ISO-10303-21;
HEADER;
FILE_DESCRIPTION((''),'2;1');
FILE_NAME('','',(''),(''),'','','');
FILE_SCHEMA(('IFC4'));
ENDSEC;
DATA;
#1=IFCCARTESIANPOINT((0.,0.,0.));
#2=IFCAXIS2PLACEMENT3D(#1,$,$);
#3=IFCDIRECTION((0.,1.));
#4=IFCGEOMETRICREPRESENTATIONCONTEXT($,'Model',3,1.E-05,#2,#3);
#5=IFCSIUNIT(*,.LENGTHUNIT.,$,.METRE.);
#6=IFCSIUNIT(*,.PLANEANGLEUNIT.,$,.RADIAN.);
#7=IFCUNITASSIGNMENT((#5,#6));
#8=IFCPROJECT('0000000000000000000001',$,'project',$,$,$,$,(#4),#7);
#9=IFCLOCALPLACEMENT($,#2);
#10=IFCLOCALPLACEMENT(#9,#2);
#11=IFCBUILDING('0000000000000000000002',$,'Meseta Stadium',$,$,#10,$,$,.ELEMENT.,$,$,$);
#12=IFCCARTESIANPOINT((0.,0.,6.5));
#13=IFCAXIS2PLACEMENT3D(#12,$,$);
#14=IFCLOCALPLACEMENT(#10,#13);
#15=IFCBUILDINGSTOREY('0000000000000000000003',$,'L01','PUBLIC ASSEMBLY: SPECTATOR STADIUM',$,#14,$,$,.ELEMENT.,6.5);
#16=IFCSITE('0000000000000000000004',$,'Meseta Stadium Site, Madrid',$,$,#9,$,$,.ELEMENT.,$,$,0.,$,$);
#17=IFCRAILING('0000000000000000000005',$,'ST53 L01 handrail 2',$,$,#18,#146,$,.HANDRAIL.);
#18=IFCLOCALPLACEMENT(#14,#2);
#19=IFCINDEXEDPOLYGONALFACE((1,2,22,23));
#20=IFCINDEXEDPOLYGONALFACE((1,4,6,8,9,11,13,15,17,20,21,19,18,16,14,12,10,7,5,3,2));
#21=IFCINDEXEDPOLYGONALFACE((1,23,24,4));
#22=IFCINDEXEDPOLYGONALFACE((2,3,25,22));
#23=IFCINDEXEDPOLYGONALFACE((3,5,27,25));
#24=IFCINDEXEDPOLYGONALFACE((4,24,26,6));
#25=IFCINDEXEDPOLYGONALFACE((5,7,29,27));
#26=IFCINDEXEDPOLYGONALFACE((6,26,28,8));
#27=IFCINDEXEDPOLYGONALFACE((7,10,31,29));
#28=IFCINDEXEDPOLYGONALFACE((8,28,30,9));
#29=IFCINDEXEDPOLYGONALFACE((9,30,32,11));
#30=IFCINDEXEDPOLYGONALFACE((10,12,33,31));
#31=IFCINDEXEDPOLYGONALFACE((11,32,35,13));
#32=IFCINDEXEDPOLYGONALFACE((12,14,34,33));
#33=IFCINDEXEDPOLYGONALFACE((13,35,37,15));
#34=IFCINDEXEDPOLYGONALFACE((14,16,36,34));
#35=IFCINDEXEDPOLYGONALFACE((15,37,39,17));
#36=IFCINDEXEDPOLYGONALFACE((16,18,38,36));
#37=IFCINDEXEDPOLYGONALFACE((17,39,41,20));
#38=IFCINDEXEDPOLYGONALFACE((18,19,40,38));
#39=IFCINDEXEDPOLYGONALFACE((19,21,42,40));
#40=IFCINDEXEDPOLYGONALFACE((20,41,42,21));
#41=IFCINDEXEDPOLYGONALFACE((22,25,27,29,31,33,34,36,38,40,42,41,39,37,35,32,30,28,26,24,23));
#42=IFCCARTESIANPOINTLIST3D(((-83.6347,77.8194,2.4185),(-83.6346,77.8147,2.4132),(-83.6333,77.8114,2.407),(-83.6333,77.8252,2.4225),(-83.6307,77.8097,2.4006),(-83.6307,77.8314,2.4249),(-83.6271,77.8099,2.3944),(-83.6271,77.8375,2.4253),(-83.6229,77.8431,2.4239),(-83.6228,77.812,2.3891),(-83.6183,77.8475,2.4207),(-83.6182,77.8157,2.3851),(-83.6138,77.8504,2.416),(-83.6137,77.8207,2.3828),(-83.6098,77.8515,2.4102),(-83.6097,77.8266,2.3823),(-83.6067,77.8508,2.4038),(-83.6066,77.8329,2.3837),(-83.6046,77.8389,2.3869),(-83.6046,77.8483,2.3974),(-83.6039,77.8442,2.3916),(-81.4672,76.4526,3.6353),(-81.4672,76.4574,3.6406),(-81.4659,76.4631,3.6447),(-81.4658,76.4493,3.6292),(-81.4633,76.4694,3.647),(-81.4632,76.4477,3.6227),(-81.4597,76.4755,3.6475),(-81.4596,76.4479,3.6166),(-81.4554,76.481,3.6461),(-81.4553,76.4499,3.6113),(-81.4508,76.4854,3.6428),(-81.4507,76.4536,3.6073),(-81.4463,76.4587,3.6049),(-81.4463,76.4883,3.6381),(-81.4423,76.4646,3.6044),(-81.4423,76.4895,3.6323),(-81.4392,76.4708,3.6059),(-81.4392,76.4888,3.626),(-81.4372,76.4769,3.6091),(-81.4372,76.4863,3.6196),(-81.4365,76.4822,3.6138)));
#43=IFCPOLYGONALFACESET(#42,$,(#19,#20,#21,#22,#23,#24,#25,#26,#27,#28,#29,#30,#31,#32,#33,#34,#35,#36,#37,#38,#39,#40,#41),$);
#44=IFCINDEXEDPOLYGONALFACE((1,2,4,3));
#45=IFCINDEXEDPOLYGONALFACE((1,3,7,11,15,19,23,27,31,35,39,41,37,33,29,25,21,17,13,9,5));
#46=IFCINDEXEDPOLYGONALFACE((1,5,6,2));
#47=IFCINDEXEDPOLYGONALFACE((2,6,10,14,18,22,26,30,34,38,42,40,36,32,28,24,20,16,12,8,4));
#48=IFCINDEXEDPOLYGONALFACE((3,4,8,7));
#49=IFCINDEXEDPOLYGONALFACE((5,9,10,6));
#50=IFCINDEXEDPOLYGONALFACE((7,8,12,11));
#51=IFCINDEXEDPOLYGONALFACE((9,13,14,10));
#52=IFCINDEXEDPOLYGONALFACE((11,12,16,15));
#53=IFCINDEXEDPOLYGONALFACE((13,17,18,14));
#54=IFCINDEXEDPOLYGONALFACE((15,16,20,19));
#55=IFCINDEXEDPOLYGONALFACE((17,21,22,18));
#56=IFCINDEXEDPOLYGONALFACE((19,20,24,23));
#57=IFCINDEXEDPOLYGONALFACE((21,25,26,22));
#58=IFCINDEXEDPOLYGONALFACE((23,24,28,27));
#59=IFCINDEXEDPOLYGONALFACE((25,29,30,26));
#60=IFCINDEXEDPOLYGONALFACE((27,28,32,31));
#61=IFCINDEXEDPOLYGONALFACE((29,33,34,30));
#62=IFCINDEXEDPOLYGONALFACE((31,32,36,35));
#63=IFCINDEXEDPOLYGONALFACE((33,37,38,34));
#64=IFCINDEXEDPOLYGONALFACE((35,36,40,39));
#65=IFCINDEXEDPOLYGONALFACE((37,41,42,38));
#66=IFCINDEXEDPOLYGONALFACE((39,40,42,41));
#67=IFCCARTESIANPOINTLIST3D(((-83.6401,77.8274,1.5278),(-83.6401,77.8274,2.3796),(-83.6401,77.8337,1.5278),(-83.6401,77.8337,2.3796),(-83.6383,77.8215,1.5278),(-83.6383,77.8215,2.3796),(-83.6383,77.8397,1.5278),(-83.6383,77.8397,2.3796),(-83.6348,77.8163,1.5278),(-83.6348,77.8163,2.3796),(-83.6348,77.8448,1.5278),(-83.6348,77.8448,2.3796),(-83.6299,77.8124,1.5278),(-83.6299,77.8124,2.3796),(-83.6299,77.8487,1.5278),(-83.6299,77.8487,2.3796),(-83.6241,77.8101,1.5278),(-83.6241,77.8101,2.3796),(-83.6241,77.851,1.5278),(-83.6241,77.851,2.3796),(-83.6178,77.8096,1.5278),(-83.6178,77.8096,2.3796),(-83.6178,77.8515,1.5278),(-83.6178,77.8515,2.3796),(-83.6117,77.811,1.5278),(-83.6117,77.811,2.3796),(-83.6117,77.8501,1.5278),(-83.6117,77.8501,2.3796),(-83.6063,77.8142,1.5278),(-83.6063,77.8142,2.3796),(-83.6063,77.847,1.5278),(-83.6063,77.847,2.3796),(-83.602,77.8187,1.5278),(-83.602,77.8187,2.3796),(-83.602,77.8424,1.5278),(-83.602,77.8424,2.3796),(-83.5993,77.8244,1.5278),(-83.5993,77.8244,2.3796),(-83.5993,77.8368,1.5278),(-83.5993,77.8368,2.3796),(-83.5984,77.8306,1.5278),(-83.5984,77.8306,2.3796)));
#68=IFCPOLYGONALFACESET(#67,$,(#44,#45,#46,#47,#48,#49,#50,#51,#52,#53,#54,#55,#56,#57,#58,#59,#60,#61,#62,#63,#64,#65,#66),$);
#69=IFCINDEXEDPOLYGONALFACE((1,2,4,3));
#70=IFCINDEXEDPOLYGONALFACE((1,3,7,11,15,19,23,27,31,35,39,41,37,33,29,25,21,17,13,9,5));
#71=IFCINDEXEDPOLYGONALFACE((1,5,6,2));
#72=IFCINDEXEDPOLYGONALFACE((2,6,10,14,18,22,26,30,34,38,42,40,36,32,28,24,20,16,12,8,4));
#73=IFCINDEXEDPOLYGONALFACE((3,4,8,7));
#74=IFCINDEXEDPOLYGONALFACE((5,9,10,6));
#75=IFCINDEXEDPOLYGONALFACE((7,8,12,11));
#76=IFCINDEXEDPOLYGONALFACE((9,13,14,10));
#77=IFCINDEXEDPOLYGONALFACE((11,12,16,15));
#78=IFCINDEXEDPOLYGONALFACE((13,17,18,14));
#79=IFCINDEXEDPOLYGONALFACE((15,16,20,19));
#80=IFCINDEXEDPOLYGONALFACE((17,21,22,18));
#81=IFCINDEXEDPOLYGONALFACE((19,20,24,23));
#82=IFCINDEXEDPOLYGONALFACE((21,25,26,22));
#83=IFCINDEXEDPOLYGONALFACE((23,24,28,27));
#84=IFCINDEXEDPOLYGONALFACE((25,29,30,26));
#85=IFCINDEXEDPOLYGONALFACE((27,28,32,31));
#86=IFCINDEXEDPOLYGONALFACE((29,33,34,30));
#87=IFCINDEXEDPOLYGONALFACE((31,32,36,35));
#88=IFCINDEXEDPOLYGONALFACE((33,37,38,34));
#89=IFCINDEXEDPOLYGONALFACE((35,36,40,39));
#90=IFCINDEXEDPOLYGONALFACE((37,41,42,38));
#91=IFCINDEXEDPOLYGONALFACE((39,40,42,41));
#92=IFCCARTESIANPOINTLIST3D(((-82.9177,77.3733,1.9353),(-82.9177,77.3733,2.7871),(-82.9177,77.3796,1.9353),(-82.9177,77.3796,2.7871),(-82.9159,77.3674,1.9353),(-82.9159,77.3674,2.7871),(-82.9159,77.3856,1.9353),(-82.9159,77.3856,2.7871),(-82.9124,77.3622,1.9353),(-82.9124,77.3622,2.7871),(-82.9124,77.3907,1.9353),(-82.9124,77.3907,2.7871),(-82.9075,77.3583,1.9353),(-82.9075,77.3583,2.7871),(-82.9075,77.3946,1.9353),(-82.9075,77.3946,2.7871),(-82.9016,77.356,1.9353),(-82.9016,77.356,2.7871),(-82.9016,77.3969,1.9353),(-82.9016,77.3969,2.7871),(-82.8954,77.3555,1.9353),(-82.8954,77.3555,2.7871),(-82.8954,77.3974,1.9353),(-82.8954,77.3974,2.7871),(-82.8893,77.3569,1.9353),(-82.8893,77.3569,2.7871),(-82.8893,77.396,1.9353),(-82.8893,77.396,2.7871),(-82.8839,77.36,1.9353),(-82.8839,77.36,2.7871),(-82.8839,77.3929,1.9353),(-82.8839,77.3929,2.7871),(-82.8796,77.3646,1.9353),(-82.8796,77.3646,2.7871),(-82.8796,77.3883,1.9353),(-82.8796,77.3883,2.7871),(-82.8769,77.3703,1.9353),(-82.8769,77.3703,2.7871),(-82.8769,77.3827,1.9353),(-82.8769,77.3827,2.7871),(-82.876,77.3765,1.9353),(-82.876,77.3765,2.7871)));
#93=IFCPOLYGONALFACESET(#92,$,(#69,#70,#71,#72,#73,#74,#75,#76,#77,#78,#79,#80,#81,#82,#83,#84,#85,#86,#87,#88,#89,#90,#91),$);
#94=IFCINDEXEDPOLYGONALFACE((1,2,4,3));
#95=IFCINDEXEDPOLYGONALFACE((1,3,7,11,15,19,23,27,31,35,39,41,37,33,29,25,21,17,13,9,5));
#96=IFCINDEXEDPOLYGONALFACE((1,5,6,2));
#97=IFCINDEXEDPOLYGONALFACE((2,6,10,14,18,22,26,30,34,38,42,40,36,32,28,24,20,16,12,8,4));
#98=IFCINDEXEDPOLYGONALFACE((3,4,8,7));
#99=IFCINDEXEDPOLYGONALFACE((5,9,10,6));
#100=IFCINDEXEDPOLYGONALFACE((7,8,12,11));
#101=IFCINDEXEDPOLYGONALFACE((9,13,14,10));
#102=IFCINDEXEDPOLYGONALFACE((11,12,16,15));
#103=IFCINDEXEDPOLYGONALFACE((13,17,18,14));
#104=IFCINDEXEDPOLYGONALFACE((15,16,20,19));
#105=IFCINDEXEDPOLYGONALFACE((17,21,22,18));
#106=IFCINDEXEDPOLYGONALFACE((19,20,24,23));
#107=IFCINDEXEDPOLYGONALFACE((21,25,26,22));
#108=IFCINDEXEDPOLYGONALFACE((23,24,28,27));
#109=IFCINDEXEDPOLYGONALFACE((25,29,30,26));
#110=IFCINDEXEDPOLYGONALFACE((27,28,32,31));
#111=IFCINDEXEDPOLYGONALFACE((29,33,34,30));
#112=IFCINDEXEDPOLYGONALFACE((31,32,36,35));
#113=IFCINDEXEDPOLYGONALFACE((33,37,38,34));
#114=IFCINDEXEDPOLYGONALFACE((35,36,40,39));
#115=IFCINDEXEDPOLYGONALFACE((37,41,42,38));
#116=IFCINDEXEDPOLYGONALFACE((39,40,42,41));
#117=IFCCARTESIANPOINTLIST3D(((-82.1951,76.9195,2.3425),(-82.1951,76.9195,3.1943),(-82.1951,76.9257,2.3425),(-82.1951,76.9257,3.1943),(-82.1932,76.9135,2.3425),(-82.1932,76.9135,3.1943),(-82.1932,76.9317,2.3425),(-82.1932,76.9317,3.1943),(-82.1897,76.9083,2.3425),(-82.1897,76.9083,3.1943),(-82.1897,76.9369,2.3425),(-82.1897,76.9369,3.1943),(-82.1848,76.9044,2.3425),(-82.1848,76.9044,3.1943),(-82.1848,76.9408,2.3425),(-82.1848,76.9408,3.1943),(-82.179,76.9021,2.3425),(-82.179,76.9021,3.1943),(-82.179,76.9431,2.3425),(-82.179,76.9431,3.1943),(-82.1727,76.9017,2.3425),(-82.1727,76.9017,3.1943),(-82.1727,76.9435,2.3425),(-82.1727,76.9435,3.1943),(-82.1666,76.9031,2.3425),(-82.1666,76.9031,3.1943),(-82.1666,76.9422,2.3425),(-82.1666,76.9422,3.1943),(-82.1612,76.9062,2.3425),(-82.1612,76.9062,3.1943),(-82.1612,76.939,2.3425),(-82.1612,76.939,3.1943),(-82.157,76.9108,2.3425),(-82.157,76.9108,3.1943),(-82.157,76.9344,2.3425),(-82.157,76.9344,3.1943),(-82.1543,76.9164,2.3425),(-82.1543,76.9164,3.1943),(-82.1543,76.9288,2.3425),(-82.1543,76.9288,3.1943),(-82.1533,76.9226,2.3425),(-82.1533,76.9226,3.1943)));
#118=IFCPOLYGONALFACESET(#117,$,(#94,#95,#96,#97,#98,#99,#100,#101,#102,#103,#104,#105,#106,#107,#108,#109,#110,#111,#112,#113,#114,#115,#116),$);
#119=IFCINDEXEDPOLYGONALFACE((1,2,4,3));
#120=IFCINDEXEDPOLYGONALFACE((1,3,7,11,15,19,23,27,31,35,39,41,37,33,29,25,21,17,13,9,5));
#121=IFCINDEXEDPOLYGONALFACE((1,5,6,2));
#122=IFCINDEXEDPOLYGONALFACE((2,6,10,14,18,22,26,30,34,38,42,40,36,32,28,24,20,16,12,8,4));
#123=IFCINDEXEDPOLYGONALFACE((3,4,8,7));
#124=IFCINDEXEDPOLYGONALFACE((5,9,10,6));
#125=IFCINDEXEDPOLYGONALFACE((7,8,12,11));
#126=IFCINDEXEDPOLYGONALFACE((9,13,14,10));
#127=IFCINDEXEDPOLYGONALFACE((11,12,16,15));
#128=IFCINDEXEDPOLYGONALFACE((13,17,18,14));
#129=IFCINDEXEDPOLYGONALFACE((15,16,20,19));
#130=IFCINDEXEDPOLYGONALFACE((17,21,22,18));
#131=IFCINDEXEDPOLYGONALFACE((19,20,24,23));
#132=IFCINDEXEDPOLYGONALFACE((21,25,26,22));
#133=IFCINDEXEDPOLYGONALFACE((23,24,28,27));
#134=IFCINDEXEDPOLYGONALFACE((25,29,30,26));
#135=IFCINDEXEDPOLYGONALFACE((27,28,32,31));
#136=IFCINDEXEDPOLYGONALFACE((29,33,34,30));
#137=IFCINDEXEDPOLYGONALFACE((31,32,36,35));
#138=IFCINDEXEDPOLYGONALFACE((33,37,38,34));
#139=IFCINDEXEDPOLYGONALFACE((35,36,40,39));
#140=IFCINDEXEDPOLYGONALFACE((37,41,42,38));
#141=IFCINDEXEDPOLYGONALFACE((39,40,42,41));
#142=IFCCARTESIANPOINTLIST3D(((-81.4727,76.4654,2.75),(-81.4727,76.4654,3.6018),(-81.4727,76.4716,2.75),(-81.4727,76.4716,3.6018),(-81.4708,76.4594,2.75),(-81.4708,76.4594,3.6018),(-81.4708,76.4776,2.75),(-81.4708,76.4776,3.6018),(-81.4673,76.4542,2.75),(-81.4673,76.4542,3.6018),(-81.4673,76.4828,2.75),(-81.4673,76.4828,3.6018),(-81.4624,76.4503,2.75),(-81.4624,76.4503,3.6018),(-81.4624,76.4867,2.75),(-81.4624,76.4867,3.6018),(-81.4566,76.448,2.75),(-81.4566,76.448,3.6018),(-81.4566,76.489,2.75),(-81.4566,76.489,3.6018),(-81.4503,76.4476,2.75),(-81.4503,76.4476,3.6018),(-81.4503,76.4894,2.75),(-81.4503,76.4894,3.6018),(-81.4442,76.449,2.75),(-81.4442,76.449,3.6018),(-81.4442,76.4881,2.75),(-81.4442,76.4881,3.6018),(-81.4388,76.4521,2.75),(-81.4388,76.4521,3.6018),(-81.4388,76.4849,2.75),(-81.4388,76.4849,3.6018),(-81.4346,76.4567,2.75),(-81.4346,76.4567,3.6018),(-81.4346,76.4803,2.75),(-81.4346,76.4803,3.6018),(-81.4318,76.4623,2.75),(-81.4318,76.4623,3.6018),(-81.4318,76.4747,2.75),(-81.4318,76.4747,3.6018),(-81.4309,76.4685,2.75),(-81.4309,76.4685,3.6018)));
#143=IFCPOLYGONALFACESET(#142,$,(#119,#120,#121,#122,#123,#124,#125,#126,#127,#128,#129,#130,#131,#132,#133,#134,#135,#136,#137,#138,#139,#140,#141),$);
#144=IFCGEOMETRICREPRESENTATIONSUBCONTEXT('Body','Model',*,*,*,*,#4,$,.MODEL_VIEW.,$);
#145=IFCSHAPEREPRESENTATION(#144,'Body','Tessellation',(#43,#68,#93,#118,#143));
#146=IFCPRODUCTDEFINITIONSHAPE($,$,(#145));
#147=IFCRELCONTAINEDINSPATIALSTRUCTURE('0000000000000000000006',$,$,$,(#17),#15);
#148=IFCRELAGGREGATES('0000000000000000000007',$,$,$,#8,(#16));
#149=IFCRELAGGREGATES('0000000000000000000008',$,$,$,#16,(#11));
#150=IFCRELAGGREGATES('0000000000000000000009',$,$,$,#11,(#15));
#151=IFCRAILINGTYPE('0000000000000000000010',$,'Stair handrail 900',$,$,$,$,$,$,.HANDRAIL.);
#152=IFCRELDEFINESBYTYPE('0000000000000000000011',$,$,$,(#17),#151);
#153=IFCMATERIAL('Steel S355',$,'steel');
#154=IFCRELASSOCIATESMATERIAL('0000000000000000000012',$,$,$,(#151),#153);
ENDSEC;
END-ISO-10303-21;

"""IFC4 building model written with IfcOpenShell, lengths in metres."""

from ifc_helpers import new_model, si_unit, direction, frame, origin, origin_2d, place, context, subcontext, project, spatial, circle, extrude, material, type_object, element, save


model = new_model("IFC4")

# Units and contexts
model_context = context("Model", 3, precision=1e-05, world=origin(), true_north=direction((0.0, 1.0)))
body_context = subcontext(model_context, "Body", "Model", "MODEL_VIEW")
ifc_project = project(units=[si_unit("LENGTHUNIT", "METRE"), si_unit("PLANEANGLEUNIT", "RADIAN")], contexts=[model_context])

# Site, building, storey
site_placement = place(None, origin())
site = spatial("IfcSite", under=ifc_project, at=site_placement, Name="Meseta Stadium Site, Madrid", CompositionType="ELEMENT", RefElevation=0.0)
building_placement = place(site_placement, origin())
building = spatial("IfcBuilding", under=site, at=building_placement, Name="Meseta Stadium", CompositionType="ELEMENT")
storey_placement = place(building_placement, frame((0.0, 0.0, 6.5)))
storey = spatial("IfcBuildingStorey", under=building, at=storey_placement, Name="L01", Description="PUBLIC ASSEMBLY: SPECTATOR STADIUM", CompositionType="ELEMENT", Elevation=6.5)

# Railing
ifc_material_1 = material(Name="Steel S355", Category="steel")
railing_type_1 = type_object("IfcRailingType", Name="Stair handrail 900", PredefinedType="HANDRAIL", material=ifc_material_1)
for number, where, name in (
    (1, (-83.6194, 77.8306, 1.5278), "ST53 L01 handrail 2"),
):
    element("IfcRailing", number, at=place(storey_placement, frame(where)), inside=storey, type_object=railing_type_1, Name=name, PredefinedType="HANDRAIL", context=body_context, shape_type="SweptSolid", body=[
        extrude(circle(Radius=0.0239, at=origin_2d()), frame((0.0, 0.0, 0.876), z_axis=(0.764085, -0.480156, 0.430841), x_axis=(0.532072, 0.846699, 0.0)), (0.0, 0.0, 1.0), 2.8367),
        extrude(circle(Radius=0.021, at=origin_2d()), origin(), (0.0, 0.0, 1.0), 0.8518),
        extrude(circle(Radius=0.021, at=origin_2d()), frame((0.7224, -0.4541, 0.4075)), (0.0, 0.0, 1.0), 0.8518),
        extrude(circle(Radius=0.021, at=origin_2d()), frame((1.4451, -0.908, 0.8147)), (0.0, 0.0, 1.0), 0.8518),
        extrude(circle(Radius=0.021, at=origin_2d()), frame((2.1675, -1.3621, 1.2222)), (0.0, 0.0, 1.0), 0.8518),
    ])

save(model, "model.ifc")
